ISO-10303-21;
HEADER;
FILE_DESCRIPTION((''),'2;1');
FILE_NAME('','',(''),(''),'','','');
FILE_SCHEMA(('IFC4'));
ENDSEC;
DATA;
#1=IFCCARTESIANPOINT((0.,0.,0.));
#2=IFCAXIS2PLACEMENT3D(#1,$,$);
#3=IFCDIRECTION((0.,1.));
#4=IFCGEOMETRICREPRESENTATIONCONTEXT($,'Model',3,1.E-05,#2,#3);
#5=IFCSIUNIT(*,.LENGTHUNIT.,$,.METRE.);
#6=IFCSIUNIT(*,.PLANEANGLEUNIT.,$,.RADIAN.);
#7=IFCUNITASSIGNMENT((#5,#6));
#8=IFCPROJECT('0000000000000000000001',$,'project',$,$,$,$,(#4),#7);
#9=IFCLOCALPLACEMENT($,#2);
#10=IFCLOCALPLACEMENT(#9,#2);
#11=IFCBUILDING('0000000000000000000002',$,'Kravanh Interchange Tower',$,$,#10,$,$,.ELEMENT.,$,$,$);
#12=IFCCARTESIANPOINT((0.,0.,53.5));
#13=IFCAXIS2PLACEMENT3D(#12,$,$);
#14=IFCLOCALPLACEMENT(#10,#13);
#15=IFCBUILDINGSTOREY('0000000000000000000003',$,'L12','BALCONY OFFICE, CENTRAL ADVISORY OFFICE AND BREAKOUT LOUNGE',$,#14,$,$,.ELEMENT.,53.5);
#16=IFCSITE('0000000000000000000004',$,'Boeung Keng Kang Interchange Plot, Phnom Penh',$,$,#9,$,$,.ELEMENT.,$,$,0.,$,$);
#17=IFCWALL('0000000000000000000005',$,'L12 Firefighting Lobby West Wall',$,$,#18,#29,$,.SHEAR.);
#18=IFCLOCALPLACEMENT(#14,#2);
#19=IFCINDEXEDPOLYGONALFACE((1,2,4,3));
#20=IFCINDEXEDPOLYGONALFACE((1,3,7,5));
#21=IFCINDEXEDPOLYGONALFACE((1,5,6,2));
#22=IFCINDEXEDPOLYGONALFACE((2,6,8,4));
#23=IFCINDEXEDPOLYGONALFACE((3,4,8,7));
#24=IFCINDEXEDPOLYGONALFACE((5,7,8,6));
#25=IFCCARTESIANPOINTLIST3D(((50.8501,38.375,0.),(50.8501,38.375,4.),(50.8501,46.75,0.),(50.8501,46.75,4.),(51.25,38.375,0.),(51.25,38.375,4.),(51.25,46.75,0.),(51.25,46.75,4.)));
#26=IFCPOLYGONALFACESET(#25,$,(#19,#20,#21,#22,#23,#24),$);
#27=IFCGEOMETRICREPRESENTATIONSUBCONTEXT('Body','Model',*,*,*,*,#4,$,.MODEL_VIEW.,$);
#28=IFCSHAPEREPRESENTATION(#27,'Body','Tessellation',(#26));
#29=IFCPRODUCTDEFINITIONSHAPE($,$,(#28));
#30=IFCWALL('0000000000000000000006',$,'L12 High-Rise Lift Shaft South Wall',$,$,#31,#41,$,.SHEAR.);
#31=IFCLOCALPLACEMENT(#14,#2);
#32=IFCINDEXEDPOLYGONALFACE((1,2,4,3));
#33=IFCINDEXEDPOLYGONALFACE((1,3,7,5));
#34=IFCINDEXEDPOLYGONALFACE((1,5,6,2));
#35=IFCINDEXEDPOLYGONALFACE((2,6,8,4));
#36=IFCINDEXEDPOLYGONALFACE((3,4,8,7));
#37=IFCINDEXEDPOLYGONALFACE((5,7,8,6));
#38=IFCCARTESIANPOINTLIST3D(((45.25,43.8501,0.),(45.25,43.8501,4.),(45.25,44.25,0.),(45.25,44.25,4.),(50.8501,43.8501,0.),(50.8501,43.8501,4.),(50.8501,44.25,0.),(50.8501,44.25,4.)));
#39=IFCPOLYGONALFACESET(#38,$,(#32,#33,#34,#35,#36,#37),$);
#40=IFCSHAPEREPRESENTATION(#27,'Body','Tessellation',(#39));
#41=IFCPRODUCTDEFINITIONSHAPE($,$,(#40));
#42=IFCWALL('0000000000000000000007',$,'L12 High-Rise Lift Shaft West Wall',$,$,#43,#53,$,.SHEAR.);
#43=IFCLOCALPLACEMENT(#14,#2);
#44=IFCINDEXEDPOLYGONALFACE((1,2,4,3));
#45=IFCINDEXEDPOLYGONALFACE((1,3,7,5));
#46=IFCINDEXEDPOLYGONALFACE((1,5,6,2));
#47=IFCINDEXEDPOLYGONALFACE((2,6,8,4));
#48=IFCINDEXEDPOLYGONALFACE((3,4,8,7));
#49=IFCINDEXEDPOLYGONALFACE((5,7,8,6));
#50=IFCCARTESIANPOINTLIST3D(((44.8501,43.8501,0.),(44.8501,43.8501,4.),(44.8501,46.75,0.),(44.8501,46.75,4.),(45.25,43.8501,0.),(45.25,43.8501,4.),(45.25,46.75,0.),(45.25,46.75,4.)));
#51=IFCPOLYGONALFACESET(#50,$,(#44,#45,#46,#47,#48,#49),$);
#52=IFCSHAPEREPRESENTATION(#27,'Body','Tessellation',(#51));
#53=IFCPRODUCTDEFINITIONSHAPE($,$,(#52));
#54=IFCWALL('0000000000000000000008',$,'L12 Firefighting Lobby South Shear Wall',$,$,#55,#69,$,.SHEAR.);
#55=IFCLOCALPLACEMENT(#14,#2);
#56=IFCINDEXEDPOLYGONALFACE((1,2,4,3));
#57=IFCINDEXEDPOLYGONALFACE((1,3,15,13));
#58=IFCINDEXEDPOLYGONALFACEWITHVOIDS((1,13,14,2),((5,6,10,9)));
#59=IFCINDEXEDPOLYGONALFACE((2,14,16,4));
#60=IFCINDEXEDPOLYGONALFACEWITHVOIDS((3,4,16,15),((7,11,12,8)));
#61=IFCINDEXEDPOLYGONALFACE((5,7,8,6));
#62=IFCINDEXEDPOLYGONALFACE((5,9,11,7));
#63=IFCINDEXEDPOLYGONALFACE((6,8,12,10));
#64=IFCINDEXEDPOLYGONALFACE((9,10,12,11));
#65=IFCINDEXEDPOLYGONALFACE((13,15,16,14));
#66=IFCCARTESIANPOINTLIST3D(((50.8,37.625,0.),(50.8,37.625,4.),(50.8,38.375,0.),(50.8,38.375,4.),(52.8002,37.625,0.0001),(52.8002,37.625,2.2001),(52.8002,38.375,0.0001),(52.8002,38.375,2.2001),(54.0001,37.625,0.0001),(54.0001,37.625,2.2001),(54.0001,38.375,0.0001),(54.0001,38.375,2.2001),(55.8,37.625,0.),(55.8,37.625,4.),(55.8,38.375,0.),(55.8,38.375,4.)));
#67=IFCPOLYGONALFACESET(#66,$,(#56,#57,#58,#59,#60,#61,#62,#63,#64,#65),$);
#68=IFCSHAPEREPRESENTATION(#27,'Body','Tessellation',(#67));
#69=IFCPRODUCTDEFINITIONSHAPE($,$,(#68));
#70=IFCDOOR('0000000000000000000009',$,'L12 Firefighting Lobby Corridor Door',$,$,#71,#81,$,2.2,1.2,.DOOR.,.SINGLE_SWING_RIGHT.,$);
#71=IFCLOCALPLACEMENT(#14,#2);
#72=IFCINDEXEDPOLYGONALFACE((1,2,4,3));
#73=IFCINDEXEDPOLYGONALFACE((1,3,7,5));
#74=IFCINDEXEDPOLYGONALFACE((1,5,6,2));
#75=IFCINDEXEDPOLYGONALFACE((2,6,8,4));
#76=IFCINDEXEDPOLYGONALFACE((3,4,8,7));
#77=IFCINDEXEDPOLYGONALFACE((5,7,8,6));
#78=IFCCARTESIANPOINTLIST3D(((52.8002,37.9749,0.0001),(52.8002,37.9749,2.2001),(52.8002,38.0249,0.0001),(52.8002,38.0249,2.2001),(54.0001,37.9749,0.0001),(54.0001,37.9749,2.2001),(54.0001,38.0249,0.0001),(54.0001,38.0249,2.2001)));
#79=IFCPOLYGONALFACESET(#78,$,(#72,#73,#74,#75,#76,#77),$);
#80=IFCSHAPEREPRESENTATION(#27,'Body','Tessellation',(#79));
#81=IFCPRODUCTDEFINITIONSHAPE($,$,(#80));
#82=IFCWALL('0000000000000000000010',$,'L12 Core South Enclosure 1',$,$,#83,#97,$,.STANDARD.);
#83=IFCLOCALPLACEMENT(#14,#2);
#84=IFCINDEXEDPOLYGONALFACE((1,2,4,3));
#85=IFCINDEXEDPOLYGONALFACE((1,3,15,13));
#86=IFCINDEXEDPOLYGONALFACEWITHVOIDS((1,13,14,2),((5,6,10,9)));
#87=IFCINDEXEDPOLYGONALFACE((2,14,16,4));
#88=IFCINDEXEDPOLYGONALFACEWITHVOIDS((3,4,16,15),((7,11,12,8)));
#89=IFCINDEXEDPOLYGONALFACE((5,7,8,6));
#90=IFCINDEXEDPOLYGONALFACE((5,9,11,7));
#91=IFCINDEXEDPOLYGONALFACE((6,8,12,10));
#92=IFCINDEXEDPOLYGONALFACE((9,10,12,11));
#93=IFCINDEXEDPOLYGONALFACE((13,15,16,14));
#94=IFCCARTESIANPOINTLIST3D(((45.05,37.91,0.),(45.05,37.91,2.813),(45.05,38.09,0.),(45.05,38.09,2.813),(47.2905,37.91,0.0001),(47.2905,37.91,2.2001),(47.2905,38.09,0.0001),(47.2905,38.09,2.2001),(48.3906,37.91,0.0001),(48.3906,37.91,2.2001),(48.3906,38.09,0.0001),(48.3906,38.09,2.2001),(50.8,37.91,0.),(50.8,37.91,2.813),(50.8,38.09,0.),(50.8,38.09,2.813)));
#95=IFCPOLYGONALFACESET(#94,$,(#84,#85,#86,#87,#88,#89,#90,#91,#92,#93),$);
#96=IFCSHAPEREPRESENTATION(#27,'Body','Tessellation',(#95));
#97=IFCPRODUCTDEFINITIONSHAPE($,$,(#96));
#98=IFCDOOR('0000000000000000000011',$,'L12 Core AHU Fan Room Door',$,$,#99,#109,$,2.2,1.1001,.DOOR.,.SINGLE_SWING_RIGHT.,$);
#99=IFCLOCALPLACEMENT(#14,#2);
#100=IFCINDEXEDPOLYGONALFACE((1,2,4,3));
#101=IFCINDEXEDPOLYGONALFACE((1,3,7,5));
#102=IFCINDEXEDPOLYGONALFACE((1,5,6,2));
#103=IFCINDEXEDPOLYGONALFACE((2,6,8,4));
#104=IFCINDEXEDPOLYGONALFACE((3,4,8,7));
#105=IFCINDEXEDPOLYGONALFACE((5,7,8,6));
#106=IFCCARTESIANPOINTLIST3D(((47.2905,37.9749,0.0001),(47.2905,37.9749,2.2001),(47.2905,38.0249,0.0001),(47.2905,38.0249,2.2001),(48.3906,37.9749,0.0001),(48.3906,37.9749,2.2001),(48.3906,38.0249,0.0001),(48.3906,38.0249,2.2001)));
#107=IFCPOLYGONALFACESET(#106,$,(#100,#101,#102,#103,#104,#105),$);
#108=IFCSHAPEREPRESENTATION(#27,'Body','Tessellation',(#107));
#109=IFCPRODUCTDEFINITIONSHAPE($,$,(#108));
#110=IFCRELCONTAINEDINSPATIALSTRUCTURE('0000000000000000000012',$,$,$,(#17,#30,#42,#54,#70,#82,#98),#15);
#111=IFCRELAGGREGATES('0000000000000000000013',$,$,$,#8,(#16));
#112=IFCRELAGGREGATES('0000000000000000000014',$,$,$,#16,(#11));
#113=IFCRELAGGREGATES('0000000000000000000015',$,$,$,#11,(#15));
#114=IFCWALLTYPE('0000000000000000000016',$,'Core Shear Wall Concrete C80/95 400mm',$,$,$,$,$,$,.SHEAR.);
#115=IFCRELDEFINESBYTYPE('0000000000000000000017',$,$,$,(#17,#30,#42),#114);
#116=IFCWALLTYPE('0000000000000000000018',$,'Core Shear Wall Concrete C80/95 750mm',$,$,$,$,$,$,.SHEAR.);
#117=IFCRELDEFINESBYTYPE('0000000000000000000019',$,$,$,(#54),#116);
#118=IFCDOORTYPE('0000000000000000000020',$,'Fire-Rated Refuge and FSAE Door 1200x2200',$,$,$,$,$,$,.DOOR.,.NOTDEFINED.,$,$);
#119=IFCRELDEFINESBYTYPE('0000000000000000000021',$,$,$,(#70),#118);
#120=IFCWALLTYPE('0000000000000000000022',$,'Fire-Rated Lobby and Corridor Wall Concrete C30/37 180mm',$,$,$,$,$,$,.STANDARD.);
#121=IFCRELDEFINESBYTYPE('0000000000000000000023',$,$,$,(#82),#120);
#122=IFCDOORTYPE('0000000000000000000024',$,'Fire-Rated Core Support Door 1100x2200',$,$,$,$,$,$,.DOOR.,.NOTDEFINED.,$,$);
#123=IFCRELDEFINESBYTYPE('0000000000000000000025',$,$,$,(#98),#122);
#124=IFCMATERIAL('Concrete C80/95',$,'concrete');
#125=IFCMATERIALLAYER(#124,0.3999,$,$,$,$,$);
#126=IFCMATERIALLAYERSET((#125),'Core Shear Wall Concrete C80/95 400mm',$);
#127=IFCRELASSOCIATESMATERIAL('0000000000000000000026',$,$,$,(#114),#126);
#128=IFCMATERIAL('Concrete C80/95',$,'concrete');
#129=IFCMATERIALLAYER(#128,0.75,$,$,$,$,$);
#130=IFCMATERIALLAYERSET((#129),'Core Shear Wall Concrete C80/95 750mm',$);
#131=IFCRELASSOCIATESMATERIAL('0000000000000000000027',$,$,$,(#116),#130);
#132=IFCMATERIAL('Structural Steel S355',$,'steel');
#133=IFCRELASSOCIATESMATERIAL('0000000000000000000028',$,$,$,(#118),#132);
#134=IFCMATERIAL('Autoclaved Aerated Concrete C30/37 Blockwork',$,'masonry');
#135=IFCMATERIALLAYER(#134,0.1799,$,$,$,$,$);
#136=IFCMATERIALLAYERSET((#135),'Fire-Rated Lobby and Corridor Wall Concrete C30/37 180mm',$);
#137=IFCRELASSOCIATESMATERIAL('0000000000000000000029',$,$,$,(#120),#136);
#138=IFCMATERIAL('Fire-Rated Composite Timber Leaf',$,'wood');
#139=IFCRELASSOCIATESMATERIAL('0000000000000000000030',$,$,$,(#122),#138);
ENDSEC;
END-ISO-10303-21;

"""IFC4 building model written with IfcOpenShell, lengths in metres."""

from ifc_helpers import new_model, si_unit, direction, frame, frame_2d, origin, place, context, subcontext, project, spatial, rectangle, extrude, material, layer, layer_set, type_object, element, fill, save


model = new_model("IFC4")

# Units and contexts
model_context = context("Model", 3, precision=1e-05, world=origin(), true_north=direction((0.0, 1.0)))
body_context = subcontext(model_context, "Body", "Model", "MODEL_VIEW")
ifc_project = project(units=[si_unit("LENGTHUNIT", "METRE"), si_unit("PLANEANGLEUNIT", "RADIAN")], contexts=[model_context])

# Site, building, storey
site_placement = place(None, origin())
site = spatial("IfcSite", under=ifc_project, at=site_placement, Name="Boeung Keng Kang Interchange Plot, Phnom Penh", CompositionType="ELEMENT", RefElevation=0.0)
building_placement = place(site_placement, origin())
building = spatial("IfcBuilding", under=site, at=building_placement, Name="Kravanh Interchange Tower", CompositionType="ELEMENT")
storey_placement = place(building_placement, frame((0.0, 0.0, 53.5)))
storey = spatial("IfcBuildingStorey", under=building, at=storey_placement, Name="L12", Description="BALCONY OFFICE, CENTRAL ADVISORY OFFICE AND BREAKOUT LOUNGE", CompositionType="ELEMENT", Elevation=53.5)

# Shared definitions
ifc_material_1 = material(Name="Concrete C80/95", Category="concrete")
ifc_layer_1 = layer(ifc_material_1, 0.3999)
ifc_layer_set_1 = layer_set([ifc_layer_1], Name="Core Shear Wall Concrete C80/95 400mm")
wall_type_1 = type_object("IfcWallType", Name="Core Shear Wall Concrete C80/95 400mm", PredefinedType="SHEAR", material=ifc_layer_set_1)

# Walls
wall_1_placement = place(storey_placement, frame((51.05, 38.375, 0.0), z_axis=(0.0, 0.0, 1.0), x_axis=(0.0, 1.0, 0.0)))
element("IfcWall", 1, at=wall_1_placement, inside=storey, type_object=wall_type_1, Name="L12 Firefighting Lobby West Wall", PredefinedType="SHEAR", context=body_context, shape_type="SweptSolid", body=[
    extrude(rectangle(XDim=8.375, YDim=0.3999, at=frame_2d((4.1875, 0.0))), origin(), (0.0, 0.0, 1.0), 4.0),
])
wall_2_placement = place(storey_placement, frame((45.25, 44.05, 0.0), z_axis=(0.0, 0.0, 1.0), x_axis=(1.0, 0.0, 0.0)))
element("IfcWall", 2, at=wall_2_placement, inside=storey, type_object=wall_type_1, Name="L12 High-Rise Lift Shaft South Wall", PredefinedType="SHEAR", context=body_context, shape_type="SweptSolid", body=[
    extrude(rectangle(XDim=5.6001, YDim=0.3999, at=frame_2d((2.8, 0.0))), origin(), (0.0, 0.0, 1.0), 4.0),
])
wall_3_placement = place(storey_placement, frame((45.05, 43.8501, 0.0), z_axis=(0.0, 0.0, 1.0), x_axis=(0.0, 1.0, 0.0)))
element("IfcWall", 3, at=wall_3_placement, inside=storey, type_object=wall_type_1, Name="L12 High-Rise Lift Shaft West Wall", PredefinedType="SHEAR", context=body_context, shape_type="SweptSolid", body=[
    extrude(rectangle(XDim=2.8999, YDim=0.3999, at=frame_2d((1.45, 0.0))), origin(), (0.0, 0.0, 1.0), 4.0),
])

# Shared definitions
ifc_material_2 = material(Name="Concrete C80/95", Category="concrete")
ifc_layer_2 = layer(ifc_material_2, 0.75)
ifc_layer_set_2 = layer_set([ifc_layer_2], Name="Core Shear Wall Concrete C80/95 750mm")
wall_type_2 = type_object("IfcWallType", Name="Core Shear Wall Concrete C80/95 750mm", PredefinedType="SHEAR", material=ifc_layer_set_2)

# Walls, openings, doors
wall_4_placement = place(storey_placement, frame((50.8, 38.0, 0.0), z_axis=(0.0, 0.0, 1.0), x_axis=(1.0, 0.0, 0.0)))
wall_4 = element("IfcWall", 4, at=wall_4_placement, inside=storey, type_object=wall_type_2, Name="L12 Firefighting Lobby South Shear Wall", PredefinedType="SHEAR", context=body_context, shape_type="SweptSolid", body=[
    extrude(rectangle(XDim=5.0, YDim=0.75, at=frame_2d((2.5, 0.0))), origin(), (0.0, 0.0, 1.0), 4.0),
])
opening_1_placement = place(wall_4_placement, frame((2.0, 0.0, 0.0)))
opening_1 = element("IfcOpeningElement", 5, at=opening_1_placement, cuts=wall_4, PredefinedType="OPENING", context=body_context, shape_type="SweptSolid", body=[
    extrude(rectangle(XDim=1.2, YDim=2.2, at=frame_2d((0.6001, 1.1001))), frame((0.0, 0.385, 0.0), z_axis=(0.0, -1.0, 0.0), x_axis=(1.0, 0.0, 0.0)), (0.0, 0.0, 1.0), 0.77),
])
ifc_material_3 = material(Name="Structural Steel S355", Category="steel")
door_type_1 = type_object("IfcDoorType", Name="Fire-Rated Refuge and FSAE Door 1200x2200", OperationType="NOTDEFINED", PredefinedType="DOOR", material=ifc_material_3)
door_1_placement = place(opening_1_placement, origin())
door_1 = element("IfcDoor", 6, at=door_1_placement, inside=storey, type_object=door_type_1, Name="L12 Firefighting Lobby Corridor Door", OperationType="SINGLE_SWING_RIGHT", OverallHeight=2.2, OverallWidth=1.2, PredefinedType="DOOR", context=body_context, shape_type="SweptSolid", body=[
    extrude(rectangle(XDim=1.2, YDim=2.2, at=frame_2d((0.6001, 1.1001))), frame((0.0, 0.0249, 0.0), z_axis=(0.0, -1.0, 0.0), x_axis=(1.0, 0.0, 0.0)), (0.0, 0.0, 1.0), 0.05),
])
fill(opening_1, door_1)
ifc_material_4 = material(Name="Autoclaved Aerated Concrete C30/37 Blockwork", Category="masonry")
ifc_layer_3 = layer(ifc_material_4, 0.1799)
ifc_layer_set_3 = layer_set([ifc_layer_3], Name="Fire-Rated Lobby and Corridor Wall Concrete C30/37 180mm")
wall_type_3 = type_object("IfcWallType", Name="Fire-Rated Lobby and Corridor Wall Concrete C30/37 180mm", PredefinedType="STANDARD", material=ifc_layer_set_3)
wall_5_placement = place(storey_placement, frame((45.05, 38.0, 0.0), z_axis=(0.0, 0.0, 1.0), x_axis=(1.0, 0.0, 0.0)))
wall_5 = element("IfcWall", 7, at=wall_5_placement, inside=storey, type_object=wall_type_3, Name="L12 Core South Enclosure 1", PredefinedType="STANDARD", context=body_context, shape_type="SweptSolid", body=[
    extrude(rectangle(XDim=5.75, YDim=0.1799, at=frame_2d((2.875, 0.0))), origin(), (0.0, 0.0, 1.0), 2.813),
])
opening_2_placement = place(wall_5_placement, frame((2.2405, 0.0, 0.0)))
opening_2 = element("IfcOpeningElement", 8, at=opening_2_placement, cuts=wall_5, PredefinedType="OPENING", context=body_context, shape_type="SweptSolid", body=[
    extrude(rectangle(XDim=1.1001, YDim=2.2, at=frame_2d((0.55, 1.1001))), frame((0.0, 0.1001, 0.0), z_axis=(0.0, -1.0, 0.0), x_axis=(1.0, 0.0, 0.0)), (0.0, 0.0, 1.0), 0.2),
])
ifc_material_5 = material(Name="Fire-Rated Composite Timber Leaf", Category="wood")
door_type_2 = type_object("IfcDoorType", Name="Fire-Rated Core Support Door 1100x2200", OperationType="NOTDEFINED", PredefinedType="DOOR", material=ifc_material_5)
door_2_placement = place(opening_2_placement, origin())
door_2 = element("IfcDoor", 9, at=door_2_placement, inside=storey, type_object=door_type_2, Name="L12 Core AHU Fan Room Door", OperationType="SINGLE_SWING_RIGHT", OverallHeight=2.2, OverallWidth=1.1001, PredefinedType="DOOR", context=body_context, shape_type="SweptSolid", body=[
    extrude(rectangle(XDim=1.1001, YDim=2.2, at=frame_2d((0.55, 1.1001))), frame((0.0, 0.0249, 0.0), z_axis=(0.0, -1.0, 0.0), x_axis=(1.0, 0.0, 0.0)), (0.0, 0.0, 1.0), 0.05),
])
fill(opening_2, door_2)

save(model, "model.ifc")
